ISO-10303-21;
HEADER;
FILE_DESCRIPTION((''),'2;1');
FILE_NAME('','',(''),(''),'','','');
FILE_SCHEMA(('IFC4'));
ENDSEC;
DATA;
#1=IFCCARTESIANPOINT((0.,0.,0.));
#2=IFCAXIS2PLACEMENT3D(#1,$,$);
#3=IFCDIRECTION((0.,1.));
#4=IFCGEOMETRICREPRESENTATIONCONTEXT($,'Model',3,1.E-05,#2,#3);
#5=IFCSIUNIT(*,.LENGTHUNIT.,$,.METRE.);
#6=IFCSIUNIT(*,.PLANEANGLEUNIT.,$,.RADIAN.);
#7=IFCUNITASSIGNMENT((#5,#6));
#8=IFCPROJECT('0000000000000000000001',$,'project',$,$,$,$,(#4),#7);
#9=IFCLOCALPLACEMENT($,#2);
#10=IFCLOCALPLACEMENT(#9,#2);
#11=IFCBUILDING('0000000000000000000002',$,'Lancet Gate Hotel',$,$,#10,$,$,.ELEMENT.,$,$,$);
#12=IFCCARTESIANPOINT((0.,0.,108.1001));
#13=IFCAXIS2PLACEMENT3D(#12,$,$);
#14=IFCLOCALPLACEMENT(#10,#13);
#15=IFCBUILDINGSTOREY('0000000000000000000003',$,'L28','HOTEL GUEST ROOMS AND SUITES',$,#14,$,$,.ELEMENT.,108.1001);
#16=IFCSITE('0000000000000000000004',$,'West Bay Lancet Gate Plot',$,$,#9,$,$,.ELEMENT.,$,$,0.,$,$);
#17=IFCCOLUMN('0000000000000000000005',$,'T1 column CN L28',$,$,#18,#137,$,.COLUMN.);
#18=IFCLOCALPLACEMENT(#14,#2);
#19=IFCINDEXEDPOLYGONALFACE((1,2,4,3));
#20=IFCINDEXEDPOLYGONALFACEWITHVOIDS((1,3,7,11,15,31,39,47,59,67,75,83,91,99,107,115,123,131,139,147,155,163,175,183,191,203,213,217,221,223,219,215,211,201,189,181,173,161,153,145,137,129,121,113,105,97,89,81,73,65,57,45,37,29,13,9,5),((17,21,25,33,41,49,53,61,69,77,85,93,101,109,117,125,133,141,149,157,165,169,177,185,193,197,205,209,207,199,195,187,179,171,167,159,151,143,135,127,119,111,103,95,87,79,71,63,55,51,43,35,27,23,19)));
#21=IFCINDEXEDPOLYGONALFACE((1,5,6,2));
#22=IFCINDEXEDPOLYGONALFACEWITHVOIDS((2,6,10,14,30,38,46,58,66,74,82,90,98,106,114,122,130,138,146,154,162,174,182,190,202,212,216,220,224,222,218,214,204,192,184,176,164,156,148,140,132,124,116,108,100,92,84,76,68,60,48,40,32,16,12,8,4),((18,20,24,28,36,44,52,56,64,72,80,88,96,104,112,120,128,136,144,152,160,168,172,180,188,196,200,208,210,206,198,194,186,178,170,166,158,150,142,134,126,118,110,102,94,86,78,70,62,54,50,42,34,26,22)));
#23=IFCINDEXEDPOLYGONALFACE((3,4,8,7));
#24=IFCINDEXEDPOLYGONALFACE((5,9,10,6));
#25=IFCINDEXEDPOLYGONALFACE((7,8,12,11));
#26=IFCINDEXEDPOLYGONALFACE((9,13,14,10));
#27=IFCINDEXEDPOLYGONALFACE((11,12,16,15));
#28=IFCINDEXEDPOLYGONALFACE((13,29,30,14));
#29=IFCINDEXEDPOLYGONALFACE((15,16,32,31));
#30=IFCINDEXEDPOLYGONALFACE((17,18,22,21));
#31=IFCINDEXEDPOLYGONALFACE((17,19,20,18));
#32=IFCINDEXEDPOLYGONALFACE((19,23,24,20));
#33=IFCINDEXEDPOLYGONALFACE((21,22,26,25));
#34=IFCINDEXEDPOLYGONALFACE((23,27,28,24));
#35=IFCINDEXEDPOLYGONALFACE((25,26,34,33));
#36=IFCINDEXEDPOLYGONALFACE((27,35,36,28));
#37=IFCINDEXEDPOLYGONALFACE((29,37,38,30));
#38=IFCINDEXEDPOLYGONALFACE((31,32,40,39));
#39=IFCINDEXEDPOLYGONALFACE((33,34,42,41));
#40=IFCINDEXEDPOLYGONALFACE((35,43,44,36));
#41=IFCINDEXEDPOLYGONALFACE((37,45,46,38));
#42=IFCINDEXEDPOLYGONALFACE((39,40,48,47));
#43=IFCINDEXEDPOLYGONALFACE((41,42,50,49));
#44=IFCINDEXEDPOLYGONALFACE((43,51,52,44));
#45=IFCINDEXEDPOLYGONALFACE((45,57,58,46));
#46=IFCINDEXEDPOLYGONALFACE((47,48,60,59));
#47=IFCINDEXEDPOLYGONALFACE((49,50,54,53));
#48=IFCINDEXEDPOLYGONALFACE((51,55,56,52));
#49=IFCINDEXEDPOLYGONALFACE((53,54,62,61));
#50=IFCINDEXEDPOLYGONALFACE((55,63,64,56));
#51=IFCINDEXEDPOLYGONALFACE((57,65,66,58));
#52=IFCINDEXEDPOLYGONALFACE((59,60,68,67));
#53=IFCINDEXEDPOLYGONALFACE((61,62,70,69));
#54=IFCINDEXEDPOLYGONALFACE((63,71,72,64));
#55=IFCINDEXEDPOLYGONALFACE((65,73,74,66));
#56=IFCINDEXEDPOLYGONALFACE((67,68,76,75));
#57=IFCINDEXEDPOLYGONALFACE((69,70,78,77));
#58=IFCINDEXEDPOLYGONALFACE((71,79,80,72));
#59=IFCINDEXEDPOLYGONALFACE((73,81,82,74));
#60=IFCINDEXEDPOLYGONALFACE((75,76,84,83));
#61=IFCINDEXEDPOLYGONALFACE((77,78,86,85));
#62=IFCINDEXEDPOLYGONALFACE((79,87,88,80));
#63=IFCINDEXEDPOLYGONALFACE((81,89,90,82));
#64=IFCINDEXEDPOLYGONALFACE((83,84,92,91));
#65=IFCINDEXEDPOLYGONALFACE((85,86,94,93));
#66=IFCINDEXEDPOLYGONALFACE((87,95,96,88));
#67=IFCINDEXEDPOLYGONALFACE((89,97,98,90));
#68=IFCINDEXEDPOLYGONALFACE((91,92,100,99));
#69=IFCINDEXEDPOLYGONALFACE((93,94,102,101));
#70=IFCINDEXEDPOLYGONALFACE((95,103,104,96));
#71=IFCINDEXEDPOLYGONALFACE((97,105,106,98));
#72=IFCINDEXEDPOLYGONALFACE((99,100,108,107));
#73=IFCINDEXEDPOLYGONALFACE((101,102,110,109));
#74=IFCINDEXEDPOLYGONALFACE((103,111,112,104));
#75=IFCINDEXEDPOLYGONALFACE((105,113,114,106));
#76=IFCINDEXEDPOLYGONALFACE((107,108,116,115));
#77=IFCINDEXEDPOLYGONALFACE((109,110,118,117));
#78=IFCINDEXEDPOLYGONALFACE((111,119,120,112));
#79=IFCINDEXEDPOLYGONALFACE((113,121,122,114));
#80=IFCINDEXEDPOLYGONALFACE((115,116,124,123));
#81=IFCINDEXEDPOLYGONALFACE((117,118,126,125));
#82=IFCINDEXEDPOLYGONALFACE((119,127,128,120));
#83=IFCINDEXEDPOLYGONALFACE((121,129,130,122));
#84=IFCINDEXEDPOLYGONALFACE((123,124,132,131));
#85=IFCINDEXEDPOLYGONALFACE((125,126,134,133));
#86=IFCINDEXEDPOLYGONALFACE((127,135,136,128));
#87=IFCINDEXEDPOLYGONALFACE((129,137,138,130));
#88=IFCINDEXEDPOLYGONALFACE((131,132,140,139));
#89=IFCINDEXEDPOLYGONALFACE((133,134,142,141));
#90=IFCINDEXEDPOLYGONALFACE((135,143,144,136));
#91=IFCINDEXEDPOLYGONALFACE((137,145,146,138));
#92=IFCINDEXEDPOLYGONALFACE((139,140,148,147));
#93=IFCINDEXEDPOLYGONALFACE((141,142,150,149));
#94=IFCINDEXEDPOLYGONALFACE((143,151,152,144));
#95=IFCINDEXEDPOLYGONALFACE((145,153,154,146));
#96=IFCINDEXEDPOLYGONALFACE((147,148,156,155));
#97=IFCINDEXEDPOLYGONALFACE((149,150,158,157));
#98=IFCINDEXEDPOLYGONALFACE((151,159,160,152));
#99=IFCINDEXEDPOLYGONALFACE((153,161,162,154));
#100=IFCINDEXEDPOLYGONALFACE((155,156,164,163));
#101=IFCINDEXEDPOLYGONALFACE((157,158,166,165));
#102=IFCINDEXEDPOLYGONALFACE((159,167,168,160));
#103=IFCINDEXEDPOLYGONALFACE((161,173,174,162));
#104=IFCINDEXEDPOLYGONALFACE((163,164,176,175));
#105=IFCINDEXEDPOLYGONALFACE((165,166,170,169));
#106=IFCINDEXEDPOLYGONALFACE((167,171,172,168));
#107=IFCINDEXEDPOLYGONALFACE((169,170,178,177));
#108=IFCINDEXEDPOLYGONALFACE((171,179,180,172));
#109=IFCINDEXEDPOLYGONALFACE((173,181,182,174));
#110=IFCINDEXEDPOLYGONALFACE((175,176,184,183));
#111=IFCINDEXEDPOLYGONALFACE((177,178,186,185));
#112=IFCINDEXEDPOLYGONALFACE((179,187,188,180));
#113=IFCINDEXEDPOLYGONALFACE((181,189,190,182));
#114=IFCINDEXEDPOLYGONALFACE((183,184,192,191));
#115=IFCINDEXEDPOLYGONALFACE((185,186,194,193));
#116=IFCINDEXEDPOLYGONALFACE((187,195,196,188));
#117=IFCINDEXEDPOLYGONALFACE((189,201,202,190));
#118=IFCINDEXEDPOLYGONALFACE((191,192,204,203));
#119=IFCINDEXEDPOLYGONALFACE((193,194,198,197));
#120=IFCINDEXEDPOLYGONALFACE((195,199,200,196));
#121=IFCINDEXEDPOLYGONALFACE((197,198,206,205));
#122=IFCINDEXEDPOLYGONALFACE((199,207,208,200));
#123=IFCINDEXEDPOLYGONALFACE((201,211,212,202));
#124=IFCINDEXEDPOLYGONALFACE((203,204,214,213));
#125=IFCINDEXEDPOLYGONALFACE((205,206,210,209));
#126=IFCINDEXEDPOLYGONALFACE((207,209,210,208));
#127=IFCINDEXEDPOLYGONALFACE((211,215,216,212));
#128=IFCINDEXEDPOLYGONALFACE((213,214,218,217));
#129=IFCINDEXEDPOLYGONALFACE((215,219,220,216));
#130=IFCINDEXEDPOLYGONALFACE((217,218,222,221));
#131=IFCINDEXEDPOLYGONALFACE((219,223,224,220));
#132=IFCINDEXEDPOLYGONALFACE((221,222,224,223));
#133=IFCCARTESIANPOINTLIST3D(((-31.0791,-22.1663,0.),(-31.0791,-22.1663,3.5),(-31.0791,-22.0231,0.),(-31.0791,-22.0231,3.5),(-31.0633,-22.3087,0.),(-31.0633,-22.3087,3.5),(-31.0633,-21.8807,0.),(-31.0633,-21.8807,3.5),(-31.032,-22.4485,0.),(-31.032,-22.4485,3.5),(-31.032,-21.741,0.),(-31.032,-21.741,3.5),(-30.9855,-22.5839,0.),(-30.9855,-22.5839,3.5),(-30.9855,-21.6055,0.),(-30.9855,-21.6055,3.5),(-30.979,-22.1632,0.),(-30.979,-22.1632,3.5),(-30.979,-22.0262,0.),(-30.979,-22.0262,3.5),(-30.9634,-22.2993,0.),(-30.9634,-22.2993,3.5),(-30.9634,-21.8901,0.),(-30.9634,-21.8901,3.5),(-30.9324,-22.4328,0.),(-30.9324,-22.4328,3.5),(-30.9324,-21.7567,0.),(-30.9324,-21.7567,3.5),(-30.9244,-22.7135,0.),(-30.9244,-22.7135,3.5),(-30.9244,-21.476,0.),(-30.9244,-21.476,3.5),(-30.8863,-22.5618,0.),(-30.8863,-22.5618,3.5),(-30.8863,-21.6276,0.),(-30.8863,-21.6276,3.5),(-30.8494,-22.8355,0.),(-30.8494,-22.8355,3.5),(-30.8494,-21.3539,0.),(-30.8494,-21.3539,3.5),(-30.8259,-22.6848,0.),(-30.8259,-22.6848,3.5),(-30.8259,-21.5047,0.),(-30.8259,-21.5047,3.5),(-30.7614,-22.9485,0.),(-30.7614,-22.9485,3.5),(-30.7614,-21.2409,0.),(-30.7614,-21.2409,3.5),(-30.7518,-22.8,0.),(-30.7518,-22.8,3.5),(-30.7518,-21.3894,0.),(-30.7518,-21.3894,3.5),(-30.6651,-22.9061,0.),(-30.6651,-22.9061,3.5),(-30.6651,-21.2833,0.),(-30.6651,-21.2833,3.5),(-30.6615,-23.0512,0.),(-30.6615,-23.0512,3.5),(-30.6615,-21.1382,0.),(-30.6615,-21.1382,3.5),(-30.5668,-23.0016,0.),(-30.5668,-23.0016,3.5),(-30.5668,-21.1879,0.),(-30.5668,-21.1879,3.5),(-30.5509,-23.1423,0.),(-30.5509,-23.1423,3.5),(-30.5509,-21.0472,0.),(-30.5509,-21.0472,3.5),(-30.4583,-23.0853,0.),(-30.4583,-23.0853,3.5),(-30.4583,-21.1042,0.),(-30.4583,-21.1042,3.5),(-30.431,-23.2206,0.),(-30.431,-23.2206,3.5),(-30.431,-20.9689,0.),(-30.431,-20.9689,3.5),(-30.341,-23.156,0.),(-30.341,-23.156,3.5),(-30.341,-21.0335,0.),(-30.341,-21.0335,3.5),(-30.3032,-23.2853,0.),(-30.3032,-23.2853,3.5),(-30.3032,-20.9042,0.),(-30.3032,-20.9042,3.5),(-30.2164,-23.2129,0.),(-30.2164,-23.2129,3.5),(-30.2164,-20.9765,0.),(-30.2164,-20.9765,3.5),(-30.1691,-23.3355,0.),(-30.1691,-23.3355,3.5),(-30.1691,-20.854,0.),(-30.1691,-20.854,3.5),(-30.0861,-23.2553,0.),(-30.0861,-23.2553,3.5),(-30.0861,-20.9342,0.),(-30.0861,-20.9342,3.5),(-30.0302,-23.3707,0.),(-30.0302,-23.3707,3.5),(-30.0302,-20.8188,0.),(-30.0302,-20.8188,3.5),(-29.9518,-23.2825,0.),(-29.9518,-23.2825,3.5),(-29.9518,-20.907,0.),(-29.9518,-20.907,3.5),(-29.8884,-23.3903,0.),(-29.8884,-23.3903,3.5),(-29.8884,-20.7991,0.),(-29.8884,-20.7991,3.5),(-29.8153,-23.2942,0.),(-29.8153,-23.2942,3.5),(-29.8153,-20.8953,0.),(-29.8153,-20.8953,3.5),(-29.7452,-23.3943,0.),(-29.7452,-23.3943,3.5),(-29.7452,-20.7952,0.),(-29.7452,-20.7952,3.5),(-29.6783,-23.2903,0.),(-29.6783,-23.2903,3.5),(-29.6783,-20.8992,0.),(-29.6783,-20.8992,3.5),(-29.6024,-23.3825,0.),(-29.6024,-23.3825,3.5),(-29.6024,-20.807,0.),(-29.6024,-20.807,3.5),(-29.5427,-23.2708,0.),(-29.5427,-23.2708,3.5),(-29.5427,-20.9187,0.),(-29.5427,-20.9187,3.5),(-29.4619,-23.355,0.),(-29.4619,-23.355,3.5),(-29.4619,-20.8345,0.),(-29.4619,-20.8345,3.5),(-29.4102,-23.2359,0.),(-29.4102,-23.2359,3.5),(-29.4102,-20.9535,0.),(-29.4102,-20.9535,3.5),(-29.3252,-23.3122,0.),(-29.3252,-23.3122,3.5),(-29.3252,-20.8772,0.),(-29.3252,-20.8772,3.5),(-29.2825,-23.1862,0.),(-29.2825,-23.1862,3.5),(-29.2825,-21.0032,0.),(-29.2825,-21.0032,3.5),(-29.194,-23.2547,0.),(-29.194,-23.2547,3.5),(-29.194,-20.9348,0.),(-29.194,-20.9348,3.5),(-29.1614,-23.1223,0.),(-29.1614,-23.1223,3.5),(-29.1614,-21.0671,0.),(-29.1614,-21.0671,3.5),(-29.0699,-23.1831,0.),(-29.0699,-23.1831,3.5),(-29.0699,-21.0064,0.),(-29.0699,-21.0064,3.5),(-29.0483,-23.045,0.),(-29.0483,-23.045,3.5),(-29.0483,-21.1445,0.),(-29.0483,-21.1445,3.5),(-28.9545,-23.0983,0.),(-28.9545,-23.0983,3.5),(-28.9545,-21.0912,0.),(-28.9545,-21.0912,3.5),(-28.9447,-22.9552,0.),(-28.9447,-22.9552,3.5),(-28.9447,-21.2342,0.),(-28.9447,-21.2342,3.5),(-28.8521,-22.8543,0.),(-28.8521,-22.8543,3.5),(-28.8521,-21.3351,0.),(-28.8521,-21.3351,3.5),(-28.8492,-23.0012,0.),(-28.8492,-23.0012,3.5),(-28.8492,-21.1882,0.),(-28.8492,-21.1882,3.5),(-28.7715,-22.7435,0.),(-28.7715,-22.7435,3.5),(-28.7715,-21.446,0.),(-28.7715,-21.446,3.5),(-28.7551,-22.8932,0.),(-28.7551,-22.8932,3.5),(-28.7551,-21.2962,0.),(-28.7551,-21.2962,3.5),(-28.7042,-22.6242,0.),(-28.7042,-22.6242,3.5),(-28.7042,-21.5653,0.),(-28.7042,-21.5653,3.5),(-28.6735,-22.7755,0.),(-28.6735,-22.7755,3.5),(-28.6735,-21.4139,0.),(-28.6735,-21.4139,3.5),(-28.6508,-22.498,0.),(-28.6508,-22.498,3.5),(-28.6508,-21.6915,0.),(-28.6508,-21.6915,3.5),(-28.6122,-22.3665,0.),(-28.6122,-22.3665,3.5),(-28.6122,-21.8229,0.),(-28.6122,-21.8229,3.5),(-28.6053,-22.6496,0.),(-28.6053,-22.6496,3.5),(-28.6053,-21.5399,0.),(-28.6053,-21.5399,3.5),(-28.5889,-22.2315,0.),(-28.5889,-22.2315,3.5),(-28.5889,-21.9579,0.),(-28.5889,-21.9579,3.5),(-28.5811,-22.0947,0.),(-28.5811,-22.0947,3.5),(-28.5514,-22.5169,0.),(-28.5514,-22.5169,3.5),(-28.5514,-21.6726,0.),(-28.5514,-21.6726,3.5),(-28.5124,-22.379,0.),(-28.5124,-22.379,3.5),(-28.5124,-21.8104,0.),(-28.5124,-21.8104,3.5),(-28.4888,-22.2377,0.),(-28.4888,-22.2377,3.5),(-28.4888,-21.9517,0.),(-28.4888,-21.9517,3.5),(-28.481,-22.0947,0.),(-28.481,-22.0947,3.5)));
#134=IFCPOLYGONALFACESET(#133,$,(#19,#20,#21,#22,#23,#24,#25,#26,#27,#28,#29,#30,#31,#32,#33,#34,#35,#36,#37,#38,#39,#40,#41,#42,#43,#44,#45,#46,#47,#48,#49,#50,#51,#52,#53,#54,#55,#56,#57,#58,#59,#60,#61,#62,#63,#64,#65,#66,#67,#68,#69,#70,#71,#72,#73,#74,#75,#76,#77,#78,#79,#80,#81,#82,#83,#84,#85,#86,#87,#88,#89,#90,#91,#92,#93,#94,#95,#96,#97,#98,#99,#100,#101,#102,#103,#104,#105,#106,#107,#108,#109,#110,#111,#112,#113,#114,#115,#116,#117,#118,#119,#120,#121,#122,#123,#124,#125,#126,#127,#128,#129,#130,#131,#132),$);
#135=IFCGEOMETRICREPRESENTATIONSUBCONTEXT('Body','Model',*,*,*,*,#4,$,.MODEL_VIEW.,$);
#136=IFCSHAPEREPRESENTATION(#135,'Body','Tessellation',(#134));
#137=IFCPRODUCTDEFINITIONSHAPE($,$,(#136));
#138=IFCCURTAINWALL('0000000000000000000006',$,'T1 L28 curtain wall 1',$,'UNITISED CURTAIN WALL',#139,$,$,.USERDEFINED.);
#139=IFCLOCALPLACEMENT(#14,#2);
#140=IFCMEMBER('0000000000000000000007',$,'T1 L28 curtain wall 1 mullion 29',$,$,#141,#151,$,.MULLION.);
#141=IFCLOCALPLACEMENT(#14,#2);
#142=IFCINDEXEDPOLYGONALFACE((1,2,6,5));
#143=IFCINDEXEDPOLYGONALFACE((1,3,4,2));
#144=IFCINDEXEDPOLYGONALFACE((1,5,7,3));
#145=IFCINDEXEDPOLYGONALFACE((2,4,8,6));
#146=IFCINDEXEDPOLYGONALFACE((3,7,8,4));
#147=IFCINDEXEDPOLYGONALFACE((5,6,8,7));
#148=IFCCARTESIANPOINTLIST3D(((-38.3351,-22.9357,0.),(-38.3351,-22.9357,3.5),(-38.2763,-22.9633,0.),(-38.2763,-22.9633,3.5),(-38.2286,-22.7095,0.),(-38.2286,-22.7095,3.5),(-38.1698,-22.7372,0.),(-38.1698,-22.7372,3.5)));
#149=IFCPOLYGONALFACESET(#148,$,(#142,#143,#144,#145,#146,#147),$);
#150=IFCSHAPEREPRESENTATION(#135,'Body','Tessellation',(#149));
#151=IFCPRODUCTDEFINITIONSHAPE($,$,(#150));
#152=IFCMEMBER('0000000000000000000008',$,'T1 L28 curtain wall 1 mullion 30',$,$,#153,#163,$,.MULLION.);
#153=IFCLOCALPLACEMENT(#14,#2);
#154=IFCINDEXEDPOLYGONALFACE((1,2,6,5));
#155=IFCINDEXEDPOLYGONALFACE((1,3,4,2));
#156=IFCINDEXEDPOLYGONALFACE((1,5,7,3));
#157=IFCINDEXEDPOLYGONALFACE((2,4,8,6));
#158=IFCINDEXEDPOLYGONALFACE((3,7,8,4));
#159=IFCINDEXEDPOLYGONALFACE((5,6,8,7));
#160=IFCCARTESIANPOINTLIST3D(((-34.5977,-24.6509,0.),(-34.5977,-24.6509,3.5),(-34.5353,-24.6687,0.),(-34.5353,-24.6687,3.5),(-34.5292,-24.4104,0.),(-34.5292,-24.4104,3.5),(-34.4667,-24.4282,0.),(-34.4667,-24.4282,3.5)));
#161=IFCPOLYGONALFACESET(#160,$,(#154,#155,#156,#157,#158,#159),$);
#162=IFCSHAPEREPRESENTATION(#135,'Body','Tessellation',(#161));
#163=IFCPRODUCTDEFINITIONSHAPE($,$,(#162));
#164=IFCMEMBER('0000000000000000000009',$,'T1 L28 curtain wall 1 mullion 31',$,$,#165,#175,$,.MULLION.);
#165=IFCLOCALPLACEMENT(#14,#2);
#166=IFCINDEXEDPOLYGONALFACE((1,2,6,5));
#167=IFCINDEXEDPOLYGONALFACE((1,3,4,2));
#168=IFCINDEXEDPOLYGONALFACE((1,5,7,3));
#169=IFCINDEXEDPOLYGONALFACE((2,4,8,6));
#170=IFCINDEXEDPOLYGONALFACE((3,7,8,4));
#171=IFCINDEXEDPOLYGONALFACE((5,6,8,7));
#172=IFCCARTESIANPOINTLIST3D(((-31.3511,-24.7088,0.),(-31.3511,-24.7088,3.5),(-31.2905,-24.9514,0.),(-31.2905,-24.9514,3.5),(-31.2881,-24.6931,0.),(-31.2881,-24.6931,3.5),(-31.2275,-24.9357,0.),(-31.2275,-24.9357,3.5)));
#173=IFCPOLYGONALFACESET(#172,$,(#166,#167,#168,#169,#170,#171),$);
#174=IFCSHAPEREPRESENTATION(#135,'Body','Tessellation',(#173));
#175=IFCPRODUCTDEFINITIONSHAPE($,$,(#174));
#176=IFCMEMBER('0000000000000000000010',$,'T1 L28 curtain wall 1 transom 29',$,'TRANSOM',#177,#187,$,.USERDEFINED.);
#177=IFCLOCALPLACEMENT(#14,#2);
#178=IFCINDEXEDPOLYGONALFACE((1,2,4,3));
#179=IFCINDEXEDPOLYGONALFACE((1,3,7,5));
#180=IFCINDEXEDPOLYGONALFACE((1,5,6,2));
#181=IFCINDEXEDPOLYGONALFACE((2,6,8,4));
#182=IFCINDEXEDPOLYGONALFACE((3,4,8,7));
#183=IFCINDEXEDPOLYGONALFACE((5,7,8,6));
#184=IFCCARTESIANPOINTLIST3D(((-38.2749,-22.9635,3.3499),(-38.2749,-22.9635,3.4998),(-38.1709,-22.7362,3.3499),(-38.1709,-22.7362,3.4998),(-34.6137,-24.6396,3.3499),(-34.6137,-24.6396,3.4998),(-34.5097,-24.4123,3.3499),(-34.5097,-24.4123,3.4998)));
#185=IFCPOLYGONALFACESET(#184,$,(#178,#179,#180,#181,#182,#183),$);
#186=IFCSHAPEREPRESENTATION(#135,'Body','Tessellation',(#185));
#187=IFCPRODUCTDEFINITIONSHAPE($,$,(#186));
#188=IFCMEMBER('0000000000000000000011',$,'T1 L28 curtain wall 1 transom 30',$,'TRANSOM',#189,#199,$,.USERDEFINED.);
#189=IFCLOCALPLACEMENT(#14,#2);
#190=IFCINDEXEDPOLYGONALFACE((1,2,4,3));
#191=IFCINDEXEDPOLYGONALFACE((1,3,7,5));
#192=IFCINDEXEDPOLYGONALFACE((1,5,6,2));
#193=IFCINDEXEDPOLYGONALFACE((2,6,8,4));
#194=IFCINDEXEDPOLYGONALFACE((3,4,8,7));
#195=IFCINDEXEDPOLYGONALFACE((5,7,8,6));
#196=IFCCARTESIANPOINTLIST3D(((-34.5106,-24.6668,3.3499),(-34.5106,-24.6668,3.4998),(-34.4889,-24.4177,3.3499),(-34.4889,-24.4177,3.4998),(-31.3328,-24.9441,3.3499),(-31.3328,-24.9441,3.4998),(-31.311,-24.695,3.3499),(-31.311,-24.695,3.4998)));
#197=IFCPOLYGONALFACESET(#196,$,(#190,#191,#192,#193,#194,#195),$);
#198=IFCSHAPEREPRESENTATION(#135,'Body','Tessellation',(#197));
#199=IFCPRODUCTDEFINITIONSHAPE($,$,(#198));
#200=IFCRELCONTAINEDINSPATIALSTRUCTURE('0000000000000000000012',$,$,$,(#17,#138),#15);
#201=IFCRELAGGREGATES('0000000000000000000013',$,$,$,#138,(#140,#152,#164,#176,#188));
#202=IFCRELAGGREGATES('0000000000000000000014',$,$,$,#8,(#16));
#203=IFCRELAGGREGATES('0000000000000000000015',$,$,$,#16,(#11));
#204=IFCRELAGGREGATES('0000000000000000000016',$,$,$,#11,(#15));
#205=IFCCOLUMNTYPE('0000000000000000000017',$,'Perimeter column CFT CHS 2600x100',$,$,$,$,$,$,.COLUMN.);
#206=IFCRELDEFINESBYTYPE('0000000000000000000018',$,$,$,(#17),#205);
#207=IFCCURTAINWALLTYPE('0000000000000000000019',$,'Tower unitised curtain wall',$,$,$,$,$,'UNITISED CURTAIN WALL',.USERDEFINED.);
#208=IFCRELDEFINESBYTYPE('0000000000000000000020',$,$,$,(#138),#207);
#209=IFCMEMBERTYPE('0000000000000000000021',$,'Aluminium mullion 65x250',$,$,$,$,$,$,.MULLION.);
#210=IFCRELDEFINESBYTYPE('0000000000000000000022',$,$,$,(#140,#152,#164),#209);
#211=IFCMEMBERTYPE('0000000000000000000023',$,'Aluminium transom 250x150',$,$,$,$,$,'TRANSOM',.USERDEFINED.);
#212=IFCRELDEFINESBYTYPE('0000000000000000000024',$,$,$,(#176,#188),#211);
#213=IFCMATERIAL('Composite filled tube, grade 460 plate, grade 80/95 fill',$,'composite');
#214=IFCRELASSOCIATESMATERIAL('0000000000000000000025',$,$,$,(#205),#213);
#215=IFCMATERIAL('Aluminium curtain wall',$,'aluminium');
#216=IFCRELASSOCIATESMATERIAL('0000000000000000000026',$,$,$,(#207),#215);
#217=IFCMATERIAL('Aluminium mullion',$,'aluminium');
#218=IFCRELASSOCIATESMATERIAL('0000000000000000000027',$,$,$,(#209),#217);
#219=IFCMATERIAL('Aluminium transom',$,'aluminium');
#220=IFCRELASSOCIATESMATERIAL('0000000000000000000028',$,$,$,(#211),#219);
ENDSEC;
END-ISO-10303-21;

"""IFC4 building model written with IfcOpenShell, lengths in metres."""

from ifc_helpers import new_model, si_unit, direction, frame, origin, origin_2d, place, context, subcontext, project, spatial, rectangle, hollow_circle, extrude, material, material_profile, profile_set, type_object, element, aggregate, save


model = new_model("IFC4")

# Units and contexts
model_context = context("Model", 3, precision=1e-05, world=origin(), true_north=direction((0.0, 1.0)))
body_context = subcontext(model_context, "Body", "Model", "MODEL_VIEW")
ifc_project = project(units=[si_unit("LENGTHUNIT", "METRE"), si_unit("PLANEANGLEUNIT", "RADIAN")], contexts=[model_context])

# Site, building, storey
site_placement = place(None, origin())
site = spatial("IfcSite", under=ifc_project, at=site_placement, Name="West Bay Lancet Gate Plot", CompositionType="ELEMENT", RefElevation=0.0)
building_placement = place(site_placement, origin())
building = spatial("IfcBuilding", under=site, at=building_placement, Name="Lancet Gate Hotel", CompositionType="ELEMENT")
storey_placement = place(building_placement, frame((0.0, 0.0, 108.1001)))
storey = spatial("IfcBuildingStorey", under=building, at=storey_placement, Name="L28", Description="HOTEL GUEST ROOMS AND SUITES", CompositionType="ELEMENT", Elevation=108.1001)

# Column
ifc_material_1 = material(Name="Composite filled tube, grade 460 plate, grade 80/95 fill", Category="composite")
ifc_material_profile_1 = material_profile(ifc_material_1, hollow_circle(Radius=1.3, WallThickness=0.1001, at=origin_2d()), Name="CHS 2600x100")
ifc_profile_set_1 = profile_set([ifc_material_profile_1], Name="Composite filled tube, grade 460 plate, grade 80/95 fill")
column_type = type_object("IfcColumnType", Name="Perimeter column CFT CHS 2600x100", PredefinedType="COLUMN", material=ifc_profile_set_1)
column_placement = place(storey_placement, frame((-29.781, -22.0947, 0.0), z_axis=(0.0, 0.0, 1.0), x_axis=(1.0, 0.0, 0.0)))
element("IfcColumn", 1, at=column_placement, inside=storey, type_object=column_type, Name="T1 column CN L28", PredefinedType="COLUMN", context=body_context, shape_type="SweptSolid", body=[
    extrude(hollow_circle(Radius=1.3, WallThickness=0.1001, at=origin_2d()), origin(), (0.0, 0.0, 1.0), 3.5),
])

# Curtain wall, members
ifc_material_2 = material(Name="Aluminium curtain wall", Category="aluminium")
curtain_wall_type = type_object("IfcCurtainWallType", Name="Tower unitised curtain wall", ElementType="UNITISED CURTAIN WALL", PredefinedType="USERDEFINED", material=ifc_material_2)
curtain_wall_placement = place(storey_placement, origin())
curtain_wall = element("IfcCurtainWall", 2, at=curtain_wall_placement, inside=storey, type_object=curtain_wall_type, Name="T1 L28 curtain wall 1", ObjectType="UNITISED CURTAIN WALL", PredefinedType="USERDEFINED")
ifc_material_3 = material(Name="Aluminium mullion", Category="aluminium")
ifc_material_profile_2 = material_profile(ifc_material_3, rectangle(XDim=0.0649, YDim=0.25, at=origin_2d()), Name="MULLION 65x250")
ifc_profile_set_2 = profile_set([ifc_material_profile_2], Name="Aluminium mullion")
member_type_1 = type_object("IfcMemberType", Name="Aluminium mullion 65x250", PredefinedType="MULLION", material=ifc_profile_set_2)
member_1_placement = place(storey_placement, frame((-38.2524, -22.8364, 0.0), z_axis=(0.0, 0.0, 1.0), x_axis=(0.90472, -0.426008, 0.0)))
member_1 = element("IfcMember", 3, at=member_1_placement, type_object=member_type_1, Name="T1 L28 curtain wall 1 mullion 29", PredefinedType="MULLION", context=body_context, shape_type="SweptSolid", body=[
    extrude(rectangle(XDim=0.0649, YDim=0.25, at=origin_2d()), origin(), (0.0, 0.0, 1.0), 3.5),
])
member_2_placement = place(storey_placement, frame((-34.5322, -24.5396, 0.0), z_axis=(0.0, 0.0, 1.0), x_axis=(0.961653, -0.274268, 0.0)))
member_2 = element("IfcMember", 4, at=member_2_placement, type_object=member_type_1, Name="T1 L28 curtain wall 1 mullion 30", PredefinedType="MULLION", context=body_context, shape_type="SweptSolid", body=[
    extrude(rectangle(XDim=0.0649, YDim=0.25, at=origin_2d()), origin(), (0.0, 0.0, 1.0), 3.5),
])
member_3_placement = place(storey_placement, frame((-31.2893, -24.8223, 0.0), z_axis=(0.0, 0.0, 1.0), x_axis=(0.970242, 0.242137, 0.0)))
member_3 = element("IfcMember", 5, at=member_3_placement, type_object=member_type_1, Name="T1 L28 curtain wall 1 mullion 31", PredefinedType="MULLION", context=body_context, shape_type="SweptSolid", body=[
    extrude(rectangle(XDim=0.0649, YDim=0.25, at=origin_2d()), origin(), (0.0, 0.0, 1.0), 3.5),
])
ifc_material_4 = material(Name="Aluminium transom", Category="aluminium")
ifc_material_profile_3 = material_profile(ifc_material_4, rectangle(XDim=0.25, YDim=0.1499, at=origin_2d()), Name="TRANSOM 250x150")
ifc_profile_set_3 = profile_set([ifc_material_profile_3], Name="Aluminium transom")
member_type_2 = type_object("IfcMemberType", Name="Aluminium transom 250x150", ElementType="TRANSOM", PredefinedType="USERDEFINED", material=ifc_profile_set_3)
member_4_placement = place(storey_placement, frame((-38.2229, -22.8499, 3.4248), z_axis=(0.909252, -0.416245, 0.0), x_axis=(0.416245, 0.909252, 0.0)))
member_4 = element("IfcMember", 6, at=member_4_placement, type_object=member_type_2, Name="T1 L28 curtain wall 1 transom 29", ObjectType="TRANSOM", PredefinedType="USERDEFINED", context=body_context, shape_type="SweptSolid", body=[
    extrude(rectangle(XDim=0.25, YDim=0.1499, at=origin_2d()), origin(), (0.0, 0.0, 1.0), 4.0266),
])
member_5_placement = place(storey_placement, frame((-34.4998, -24.5422, 3.4248), z_axis=(0.996214, -0.08694, 0.0), x_axis=(0.08694, 0.996214, 0.0)))
member_5 = element("IfcMember", 7, at=member_5_placement, type_object=member_type_2, Name="T1 L28 curtain wall 1 transom 30", ObjectType="TRANSOM", PredefinedType="USERDEFINED", context=body_context, shape_type="SweptSolid", body=[
    extrude(rectangle(XDim=0.25, YDim=0.1499, at=origin_2d()), origin(), (0.0, 0.0, 1.0), 3.1899),
])

aggregate(curtain_wall, [member_1, member_2, member_3, member_4, member_5])

save(model, "model.ifc")
